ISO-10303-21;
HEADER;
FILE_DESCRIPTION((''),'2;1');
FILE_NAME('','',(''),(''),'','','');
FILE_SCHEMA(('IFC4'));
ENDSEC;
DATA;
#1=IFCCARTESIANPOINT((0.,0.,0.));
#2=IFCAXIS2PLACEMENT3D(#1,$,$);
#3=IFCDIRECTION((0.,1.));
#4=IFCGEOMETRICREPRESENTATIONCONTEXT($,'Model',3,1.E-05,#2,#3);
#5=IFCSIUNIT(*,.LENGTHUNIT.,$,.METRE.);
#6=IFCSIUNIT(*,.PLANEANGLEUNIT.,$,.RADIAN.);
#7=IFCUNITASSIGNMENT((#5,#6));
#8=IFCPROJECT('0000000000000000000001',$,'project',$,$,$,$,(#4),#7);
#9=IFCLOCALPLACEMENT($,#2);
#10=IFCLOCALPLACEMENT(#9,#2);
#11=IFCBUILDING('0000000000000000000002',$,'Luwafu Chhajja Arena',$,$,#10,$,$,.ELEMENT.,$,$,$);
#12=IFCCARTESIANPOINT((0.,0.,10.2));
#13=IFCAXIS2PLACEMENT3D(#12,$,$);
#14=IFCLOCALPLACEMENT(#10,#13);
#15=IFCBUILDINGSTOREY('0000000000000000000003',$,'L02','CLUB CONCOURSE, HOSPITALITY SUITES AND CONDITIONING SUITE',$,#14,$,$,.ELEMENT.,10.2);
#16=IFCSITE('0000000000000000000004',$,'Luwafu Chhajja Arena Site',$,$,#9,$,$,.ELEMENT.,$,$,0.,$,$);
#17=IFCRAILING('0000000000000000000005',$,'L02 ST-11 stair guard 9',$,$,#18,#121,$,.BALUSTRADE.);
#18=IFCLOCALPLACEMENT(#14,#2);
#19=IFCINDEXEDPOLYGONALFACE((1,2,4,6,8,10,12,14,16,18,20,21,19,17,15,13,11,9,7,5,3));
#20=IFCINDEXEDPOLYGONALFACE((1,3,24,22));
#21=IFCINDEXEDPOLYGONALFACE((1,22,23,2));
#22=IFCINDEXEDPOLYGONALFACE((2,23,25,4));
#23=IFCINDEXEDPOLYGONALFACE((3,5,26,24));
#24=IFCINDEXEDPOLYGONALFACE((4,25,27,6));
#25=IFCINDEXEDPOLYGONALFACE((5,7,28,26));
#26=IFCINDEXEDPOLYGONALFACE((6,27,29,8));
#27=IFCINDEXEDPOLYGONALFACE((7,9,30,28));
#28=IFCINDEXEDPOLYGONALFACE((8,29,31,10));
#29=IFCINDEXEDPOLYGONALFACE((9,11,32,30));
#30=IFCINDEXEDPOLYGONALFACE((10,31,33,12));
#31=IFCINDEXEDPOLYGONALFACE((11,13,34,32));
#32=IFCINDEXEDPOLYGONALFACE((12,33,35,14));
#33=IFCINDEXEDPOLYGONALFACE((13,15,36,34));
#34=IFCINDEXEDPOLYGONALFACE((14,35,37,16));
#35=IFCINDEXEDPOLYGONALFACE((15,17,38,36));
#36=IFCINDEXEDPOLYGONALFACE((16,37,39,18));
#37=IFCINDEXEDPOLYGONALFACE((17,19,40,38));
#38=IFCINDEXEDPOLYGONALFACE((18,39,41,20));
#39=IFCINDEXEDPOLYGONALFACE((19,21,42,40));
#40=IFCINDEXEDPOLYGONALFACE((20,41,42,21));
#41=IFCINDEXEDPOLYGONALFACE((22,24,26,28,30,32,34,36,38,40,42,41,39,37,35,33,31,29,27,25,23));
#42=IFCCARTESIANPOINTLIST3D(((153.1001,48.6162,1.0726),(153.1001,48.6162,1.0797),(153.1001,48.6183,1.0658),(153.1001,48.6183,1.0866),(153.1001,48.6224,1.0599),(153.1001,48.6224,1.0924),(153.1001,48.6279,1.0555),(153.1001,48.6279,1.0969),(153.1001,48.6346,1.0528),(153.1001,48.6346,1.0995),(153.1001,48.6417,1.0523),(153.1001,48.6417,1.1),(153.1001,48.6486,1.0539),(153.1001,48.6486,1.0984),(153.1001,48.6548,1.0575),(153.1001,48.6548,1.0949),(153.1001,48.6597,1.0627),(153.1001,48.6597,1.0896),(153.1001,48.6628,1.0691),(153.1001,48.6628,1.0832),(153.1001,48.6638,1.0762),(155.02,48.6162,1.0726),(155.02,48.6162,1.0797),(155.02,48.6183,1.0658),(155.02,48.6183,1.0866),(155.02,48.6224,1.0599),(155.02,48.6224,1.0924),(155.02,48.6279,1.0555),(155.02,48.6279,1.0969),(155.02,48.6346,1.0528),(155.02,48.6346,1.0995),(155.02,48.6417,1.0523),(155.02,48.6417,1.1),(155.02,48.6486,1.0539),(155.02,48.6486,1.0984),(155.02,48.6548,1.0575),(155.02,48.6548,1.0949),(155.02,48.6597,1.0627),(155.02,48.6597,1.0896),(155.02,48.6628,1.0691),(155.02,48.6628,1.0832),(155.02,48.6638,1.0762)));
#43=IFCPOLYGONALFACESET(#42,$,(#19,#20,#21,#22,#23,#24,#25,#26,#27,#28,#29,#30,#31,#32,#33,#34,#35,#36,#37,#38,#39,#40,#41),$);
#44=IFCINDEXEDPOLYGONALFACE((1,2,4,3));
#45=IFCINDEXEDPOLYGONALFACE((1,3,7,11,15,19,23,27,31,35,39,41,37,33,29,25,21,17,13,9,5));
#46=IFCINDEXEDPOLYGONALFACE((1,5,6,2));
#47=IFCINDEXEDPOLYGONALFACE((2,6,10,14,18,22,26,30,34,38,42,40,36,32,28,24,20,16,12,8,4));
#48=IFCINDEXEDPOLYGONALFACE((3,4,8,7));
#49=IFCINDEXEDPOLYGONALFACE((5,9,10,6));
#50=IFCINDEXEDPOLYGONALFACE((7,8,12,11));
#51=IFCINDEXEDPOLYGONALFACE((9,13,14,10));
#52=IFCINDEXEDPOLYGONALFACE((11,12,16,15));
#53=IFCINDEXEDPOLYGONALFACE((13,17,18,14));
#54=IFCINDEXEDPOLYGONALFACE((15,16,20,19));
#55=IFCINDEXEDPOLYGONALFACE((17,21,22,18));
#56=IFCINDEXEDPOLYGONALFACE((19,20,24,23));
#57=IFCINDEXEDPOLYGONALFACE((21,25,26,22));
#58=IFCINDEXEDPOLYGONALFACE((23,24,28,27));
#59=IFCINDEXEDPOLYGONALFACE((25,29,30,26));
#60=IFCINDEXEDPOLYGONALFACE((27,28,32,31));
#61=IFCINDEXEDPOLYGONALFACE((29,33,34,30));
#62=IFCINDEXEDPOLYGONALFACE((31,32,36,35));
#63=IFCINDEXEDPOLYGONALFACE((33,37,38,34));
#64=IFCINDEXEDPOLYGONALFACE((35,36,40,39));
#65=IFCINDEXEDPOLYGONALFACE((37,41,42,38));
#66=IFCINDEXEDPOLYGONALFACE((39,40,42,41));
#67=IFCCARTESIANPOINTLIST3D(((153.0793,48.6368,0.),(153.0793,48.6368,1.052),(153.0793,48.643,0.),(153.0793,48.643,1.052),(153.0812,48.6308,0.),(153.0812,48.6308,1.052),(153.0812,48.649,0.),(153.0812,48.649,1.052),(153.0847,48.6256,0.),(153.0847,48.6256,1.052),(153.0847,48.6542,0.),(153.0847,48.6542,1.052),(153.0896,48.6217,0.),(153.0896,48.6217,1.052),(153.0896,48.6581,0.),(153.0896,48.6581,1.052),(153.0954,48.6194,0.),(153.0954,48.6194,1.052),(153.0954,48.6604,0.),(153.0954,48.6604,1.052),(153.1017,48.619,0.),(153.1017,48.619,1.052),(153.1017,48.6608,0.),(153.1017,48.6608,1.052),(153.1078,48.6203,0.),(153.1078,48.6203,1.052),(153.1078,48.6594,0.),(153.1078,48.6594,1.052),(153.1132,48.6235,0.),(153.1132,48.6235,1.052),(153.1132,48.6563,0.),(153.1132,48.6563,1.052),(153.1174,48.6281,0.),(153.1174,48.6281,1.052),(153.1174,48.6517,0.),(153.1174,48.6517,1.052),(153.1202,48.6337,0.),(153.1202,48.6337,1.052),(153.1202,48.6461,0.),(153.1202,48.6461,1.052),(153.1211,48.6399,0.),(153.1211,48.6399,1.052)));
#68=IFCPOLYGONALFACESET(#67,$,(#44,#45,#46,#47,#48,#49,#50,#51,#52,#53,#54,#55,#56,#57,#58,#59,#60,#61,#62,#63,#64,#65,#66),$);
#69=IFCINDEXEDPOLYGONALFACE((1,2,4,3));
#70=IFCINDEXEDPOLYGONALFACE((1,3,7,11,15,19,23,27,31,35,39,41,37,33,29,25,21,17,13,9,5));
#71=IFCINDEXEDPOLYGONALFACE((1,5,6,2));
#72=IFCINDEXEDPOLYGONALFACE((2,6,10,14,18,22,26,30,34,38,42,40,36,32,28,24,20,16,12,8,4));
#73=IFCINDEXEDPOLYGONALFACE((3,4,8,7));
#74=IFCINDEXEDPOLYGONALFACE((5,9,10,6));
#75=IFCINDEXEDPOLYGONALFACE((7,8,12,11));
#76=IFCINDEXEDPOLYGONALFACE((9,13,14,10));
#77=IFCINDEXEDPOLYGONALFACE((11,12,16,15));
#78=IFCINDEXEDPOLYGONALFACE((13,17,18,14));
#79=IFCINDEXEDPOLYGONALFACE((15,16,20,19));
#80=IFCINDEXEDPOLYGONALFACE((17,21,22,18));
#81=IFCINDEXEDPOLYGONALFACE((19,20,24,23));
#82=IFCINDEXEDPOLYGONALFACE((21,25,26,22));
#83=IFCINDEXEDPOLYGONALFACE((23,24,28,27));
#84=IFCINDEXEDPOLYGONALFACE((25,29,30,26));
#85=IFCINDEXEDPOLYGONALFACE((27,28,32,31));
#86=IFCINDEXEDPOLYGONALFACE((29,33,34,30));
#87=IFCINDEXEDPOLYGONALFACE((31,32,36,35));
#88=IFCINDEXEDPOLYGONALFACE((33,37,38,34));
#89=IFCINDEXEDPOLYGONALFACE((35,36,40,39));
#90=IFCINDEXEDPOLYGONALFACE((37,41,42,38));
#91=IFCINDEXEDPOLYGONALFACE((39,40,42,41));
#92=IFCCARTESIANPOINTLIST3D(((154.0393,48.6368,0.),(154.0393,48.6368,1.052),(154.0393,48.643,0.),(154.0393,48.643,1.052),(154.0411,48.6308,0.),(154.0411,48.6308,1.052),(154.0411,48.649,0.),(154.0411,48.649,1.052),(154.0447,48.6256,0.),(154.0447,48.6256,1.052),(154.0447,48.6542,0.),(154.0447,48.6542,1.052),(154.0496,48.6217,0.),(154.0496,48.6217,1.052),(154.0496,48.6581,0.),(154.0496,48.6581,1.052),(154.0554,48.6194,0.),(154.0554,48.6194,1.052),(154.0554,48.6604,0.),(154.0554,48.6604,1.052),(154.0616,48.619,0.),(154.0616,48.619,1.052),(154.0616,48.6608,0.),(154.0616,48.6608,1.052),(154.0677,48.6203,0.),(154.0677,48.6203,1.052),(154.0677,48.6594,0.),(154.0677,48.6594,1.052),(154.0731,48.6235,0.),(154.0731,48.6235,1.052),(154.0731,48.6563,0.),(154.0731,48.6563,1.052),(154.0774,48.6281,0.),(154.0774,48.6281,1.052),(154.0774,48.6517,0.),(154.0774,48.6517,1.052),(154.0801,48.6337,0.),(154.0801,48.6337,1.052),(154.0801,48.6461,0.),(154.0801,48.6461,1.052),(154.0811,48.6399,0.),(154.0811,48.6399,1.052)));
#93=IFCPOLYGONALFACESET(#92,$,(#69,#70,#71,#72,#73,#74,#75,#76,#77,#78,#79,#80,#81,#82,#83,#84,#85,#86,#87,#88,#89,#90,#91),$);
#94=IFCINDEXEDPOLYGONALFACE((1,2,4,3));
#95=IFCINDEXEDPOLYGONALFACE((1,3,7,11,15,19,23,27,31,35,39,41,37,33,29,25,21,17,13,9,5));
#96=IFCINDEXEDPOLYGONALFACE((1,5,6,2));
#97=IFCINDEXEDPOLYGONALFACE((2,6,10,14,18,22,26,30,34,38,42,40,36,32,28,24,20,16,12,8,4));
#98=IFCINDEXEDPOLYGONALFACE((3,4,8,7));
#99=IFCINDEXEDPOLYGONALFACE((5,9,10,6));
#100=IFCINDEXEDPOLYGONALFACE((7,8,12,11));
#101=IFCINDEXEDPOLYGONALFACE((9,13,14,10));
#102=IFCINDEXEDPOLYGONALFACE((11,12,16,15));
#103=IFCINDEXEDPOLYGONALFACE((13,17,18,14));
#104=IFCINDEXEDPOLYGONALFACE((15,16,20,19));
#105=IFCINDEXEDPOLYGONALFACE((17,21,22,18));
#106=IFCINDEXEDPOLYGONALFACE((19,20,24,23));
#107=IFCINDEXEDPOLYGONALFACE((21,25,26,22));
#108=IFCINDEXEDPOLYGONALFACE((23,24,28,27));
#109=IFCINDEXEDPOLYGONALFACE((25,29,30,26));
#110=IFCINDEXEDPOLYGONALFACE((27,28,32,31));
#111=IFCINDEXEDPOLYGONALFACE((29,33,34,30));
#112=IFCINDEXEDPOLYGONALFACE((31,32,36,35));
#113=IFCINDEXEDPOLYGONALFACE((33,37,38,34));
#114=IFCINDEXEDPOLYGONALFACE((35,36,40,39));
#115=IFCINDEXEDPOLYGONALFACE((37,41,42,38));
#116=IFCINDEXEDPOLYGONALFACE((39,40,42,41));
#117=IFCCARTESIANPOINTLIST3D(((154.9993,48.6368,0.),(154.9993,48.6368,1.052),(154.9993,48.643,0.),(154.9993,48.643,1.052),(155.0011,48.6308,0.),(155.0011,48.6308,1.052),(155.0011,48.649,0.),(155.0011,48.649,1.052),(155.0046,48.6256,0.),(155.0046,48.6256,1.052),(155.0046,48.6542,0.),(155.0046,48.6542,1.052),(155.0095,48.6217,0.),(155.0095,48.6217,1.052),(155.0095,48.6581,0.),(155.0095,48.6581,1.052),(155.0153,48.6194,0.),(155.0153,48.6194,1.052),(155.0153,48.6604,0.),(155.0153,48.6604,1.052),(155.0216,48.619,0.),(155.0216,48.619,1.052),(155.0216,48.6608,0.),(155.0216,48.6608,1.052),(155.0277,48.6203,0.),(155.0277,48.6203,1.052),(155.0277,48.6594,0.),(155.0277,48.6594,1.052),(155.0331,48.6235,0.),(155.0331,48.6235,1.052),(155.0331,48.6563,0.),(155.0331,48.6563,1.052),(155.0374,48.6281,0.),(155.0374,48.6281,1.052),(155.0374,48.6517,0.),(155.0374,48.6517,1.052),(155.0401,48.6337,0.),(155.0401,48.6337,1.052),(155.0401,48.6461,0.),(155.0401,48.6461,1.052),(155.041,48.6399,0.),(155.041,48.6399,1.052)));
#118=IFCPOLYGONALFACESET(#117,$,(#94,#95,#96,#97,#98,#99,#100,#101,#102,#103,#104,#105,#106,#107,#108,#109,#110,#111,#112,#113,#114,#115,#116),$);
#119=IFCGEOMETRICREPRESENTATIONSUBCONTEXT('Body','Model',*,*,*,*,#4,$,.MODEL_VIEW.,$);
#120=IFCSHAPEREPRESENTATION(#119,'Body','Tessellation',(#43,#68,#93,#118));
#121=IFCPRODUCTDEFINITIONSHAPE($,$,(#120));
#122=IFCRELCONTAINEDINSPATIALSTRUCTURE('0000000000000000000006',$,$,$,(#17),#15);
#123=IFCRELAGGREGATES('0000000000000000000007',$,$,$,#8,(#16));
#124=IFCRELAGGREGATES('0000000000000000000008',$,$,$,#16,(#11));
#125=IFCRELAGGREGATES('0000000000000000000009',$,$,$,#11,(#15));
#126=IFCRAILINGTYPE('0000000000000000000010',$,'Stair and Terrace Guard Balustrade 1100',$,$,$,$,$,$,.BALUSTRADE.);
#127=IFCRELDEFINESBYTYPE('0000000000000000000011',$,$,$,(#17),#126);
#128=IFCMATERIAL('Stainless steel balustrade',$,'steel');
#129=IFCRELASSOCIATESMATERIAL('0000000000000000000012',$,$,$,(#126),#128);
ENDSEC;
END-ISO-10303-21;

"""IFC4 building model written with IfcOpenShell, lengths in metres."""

from ifc_helpers import new_model, si_unit, direction, frame, origin, origin_2d, place, context, subcontext, project, spatial, circle, extrude, material, type_object, element, save


model = new_model("IFC4")

# Units and contexts
model_context = context("Model", 3, precision=1e-05, world=origin(), true_north=direction((0.0, 1.0)))
body_context = subcontext(model_context, "Body", "Model", "MODEL_VIEW")
ifc_project = project(units=[si_unit("LENGTHUNIT", "METRE"), si_unit("PLANEANGLEUNIT", "RADIAN")], contexts=[model_context])

# Site, building, storey
site_placement = place(None, origin())
site = spatial("IfcSite", under=ifc_project, at=site_placement, Name="Luwafu Chhajja Arena Site", CompositionType="ELEMENT", RefElevation=0.0)
building_placement = place(site_placement, origin())
building = spatial("IfcBuilding", under=site, at=building_placement, Name="Luwafu Chhajja Arena", CompositionType="ELEMENT")
storey_placement = place(building_placement, frame((0.0, 0.0, 10.2)))
storey = spatial("IfcBuildingStorey", under=building, at=storey_placement, Name="L02", Description="CLUB CONCOURSE, HOSPITALITY SUITES AND CONDITIONING SUITE", CompositionType="ELEMENT", Elevation=10.2)

# Railing
ifc_material_1 = material(Name="Stainless steel balustrade", Category="steel")
railing_type_1 = type_object("IfcRailingType", Name="Stair and Terrace Guard Balustrade 1100", PredefinedType="BALUSTRADE", material=ifc_material_1)
for number, where, name in (
    (1, (153.1001, 48.6399, 0.0), "L02 ST-11 stair guard 9"),
):
    element("IfcRailing", number, at=place(storey_placement, frame(where)), inside=storey, type_object=railing_type_1, Name=name, PredefinedType="BALUSTRADE", context=body_context, shape_type="SweptSolid", body=[
        extrude(circle(Radius=0.0239, at=origin_2d()), frame((0.0, 0.0, 1.0762), z_axis=(1.0, 0.0, 0.0), x_axis=(0.0, 1.0, 0.0)), (0.0, 0.0, 1.0), 1.9199),
        extrude(circle(Radius=0.021, at=origin_2d()), origin(), (0.0, 0.0, 1.0), 1.052),
        extrude(circle(Radius=0.021, at=origin_2d()), frame((0.96, 0.0, 0.0)), (0.0, 0.0, 1.0), 1.052),
        extrude(circle(Radius=0.021, at=origin_2d()), frame((1.9199, 0.0, 0.0)), (0.0, 0.0, 1.0), 1.052),
    ])

save(model, "model.ifc")
